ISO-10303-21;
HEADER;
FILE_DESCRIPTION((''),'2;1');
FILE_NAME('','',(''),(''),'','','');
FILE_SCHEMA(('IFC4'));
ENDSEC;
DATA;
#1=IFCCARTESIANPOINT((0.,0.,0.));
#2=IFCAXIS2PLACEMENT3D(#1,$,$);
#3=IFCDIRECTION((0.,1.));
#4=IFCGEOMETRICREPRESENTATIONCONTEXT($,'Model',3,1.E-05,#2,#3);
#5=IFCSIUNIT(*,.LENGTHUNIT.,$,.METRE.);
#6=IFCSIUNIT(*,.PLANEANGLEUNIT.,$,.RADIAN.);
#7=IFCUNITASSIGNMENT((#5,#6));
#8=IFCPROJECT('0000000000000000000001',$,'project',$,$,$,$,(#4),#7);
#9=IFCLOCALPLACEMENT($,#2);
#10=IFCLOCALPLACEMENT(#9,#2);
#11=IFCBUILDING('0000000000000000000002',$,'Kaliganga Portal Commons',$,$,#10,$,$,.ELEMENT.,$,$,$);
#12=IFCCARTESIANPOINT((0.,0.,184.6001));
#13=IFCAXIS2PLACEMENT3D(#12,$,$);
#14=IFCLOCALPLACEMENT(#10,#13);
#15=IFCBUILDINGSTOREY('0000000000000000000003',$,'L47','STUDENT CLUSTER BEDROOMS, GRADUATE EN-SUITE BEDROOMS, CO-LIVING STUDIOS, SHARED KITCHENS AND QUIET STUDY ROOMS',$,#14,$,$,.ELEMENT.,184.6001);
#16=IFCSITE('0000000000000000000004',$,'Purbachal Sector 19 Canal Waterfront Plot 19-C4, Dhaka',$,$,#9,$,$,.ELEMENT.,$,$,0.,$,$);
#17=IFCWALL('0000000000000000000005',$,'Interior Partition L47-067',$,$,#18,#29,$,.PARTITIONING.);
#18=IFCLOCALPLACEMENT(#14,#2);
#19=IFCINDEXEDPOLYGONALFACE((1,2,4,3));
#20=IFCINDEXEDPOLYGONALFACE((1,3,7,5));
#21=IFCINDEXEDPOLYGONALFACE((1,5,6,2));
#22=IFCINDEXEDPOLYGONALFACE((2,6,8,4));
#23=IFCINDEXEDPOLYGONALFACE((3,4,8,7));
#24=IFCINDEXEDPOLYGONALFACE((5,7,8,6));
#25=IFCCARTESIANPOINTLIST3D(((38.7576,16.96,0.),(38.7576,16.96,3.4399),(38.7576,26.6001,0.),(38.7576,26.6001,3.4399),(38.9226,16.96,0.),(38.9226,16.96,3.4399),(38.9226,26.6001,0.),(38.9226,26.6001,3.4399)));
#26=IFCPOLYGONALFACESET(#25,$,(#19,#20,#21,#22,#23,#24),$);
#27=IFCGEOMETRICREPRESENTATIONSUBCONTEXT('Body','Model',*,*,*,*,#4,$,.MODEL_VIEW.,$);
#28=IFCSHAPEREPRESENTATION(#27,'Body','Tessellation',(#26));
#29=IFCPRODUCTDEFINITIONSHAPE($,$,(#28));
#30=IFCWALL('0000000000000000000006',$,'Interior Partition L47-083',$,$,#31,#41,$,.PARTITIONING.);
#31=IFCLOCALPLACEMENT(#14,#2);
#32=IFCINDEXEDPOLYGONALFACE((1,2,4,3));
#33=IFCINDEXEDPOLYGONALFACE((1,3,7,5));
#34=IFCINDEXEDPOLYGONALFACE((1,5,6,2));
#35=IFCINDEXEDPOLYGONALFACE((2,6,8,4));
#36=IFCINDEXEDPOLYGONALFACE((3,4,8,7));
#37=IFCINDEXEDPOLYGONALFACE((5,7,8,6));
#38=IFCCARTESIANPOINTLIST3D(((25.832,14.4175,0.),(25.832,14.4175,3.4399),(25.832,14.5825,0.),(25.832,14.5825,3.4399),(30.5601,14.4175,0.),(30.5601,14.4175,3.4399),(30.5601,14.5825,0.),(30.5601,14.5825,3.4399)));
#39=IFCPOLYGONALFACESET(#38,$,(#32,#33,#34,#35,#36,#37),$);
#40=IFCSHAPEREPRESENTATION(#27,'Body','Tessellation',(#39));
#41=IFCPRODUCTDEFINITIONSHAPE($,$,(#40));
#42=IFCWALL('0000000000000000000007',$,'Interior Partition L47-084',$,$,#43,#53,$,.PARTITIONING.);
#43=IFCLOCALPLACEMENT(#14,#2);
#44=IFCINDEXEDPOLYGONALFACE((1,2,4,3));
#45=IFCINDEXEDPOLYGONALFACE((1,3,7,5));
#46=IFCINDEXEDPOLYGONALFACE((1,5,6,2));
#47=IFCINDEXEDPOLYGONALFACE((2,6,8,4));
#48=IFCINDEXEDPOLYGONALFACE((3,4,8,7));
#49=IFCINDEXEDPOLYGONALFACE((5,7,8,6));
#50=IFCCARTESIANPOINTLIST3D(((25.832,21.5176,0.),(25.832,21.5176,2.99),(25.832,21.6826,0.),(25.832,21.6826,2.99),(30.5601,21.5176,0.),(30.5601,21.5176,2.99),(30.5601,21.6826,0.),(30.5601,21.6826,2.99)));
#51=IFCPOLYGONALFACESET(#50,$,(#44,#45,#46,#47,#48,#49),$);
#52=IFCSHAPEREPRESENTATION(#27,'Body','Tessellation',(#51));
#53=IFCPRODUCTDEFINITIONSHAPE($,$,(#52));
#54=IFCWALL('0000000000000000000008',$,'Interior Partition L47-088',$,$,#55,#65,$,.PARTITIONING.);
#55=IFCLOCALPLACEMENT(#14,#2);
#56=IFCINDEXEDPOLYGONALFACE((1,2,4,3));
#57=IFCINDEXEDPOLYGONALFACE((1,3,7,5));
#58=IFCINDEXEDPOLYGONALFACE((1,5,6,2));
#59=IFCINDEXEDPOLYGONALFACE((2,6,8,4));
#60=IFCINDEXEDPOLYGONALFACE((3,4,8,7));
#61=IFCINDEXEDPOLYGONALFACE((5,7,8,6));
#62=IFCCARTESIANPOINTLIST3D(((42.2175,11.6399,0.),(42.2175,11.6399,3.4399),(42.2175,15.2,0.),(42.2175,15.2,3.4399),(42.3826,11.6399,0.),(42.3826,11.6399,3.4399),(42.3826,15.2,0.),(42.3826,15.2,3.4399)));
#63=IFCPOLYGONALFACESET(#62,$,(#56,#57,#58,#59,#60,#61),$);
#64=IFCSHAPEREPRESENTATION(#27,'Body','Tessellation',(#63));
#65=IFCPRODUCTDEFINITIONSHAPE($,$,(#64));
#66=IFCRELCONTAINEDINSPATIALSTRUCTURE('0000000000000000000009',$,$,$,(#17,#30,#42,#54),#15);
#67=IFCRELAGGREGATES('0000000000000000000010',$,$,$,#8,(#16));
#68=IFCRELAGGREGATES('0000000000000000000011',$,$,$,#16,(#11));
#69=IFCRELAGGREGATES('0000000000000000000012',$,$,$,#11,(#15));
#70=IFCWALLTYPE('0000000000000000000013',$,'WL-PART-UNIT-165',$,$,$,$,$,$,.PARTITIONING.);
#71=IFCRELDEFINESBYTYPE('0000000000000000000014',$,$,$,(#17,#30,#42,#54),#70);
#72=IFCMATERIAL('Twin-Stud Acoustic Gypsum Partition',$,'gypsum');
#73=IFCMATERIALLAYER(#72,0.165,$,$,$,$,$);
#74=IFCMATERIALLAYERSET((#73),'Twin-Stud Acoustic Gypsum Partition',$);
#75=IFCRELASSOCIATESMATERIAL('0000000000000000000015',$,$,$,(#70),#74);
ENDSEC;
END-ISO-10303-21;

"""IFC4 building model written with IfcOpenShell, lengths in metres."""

from ifc_helpers import new_model, si_unit, direction, frame, frame_2d, origin, place, context, subcontext, project, spatial, rectangle, extrude, material, layer, layer_set, type_object, element, save


model = new_model("IFC4")

# Units and contexts
model_context = context("Model", 3, precision=1e-05, world=origin(), true_north=direction((0.0, 1.0)))
body_context = subcontext(model_context, "Body", "Model", "MODEL_VIEW")
ifc_project = project(units=[si_unit("LENGTHUNIT", "METRE"), si_unit("PLANEANGLEUNIT", "RADIAN")], contexts=[model_context])

# Site, building, storey
site_placement = place(None, origin())
site = spatial("IfcSite", under=ifc_project, at=site_placement, Name="Purbachal Sector 19 Canal Waterfront Plot 19-C4, Dhaka", CompositionType="ELEMENT", RefElevation=0.0)
building_placement = place(site_placement, origin())
building = spatial("IfcBuilding", under=site, at=building_placement, Name="Kaliganga Portal Commons", CompositionType="ELEMENT")
storey_placement = place(building_placement, frame((0.0, 0.0, 184.6001)))
storey = spatial("IfcBuildingStorey", under=building, at=storey_placement, Name="L47", Description="STUDENT CLUSTER BEDROOMS, GRADUATE EN-SUITE BEDROOMS, CO-LIVING STUDIOS, SHARED KITCHENS AND QUIET STUDY ROOMS", CompositionType="ELEMENT", Elevation=184.6001)

# Walls
ifc_material_1 = material(Name="Twin-Stud Acoustic Gypsum Partition", Category="gypsum")
ifc_layer_1 = layer(ifc_material_1, 0.165)
ifc_layer_set_1 = layer_set([ifc_layer_1], Name="Twin-Stud Acoustic Gypsum Partition")
wall_type_1 = type_object("IfcWallType", Name="WL-PART-UNIT-165", PredefinedType="PARTITIONING", material=ifc_layer_set_1)
wall_1_placement = place(storey_placement, frame((38.8401, 16.96, 0.0), z_axis=(0.0, 0.0, 1.0), x_axis=(0.0, 1.0, 0.0)))
element("IfcWall", 1, at=wall_1_placement, inside=storey, type_object=wall_type_1, Name="Interior Partition L47-067", PredefinedType="PARTITIONING", context=body_context, shape_type="SweptSolid", body=[
    extrude(rectangle(XDim=9.6401, YDim=0.165, at=frame_2d((4.8201, 0.0))), origin(), (0.0, 0.0, 1.0), 3.4399),
])
wall_2_placement = place(storey_placement, frame((25.832, 14.5, 0.0), z_axis=(0.0, 0.0, 1.0), x_axis=(1.0, 0.0, 0.0)))
element("IfcWall", 2, at=wall_2_placement, inside=storey, type_object=wall_type_1, Name="Interior Partition L47-083", PredefinedType="PARTITIONING", context=body_context, shape_type="SweptSolid", body=[
    extrude(rectangle(XDim=4.728, YDim=0.165, at=frame_2d((2.364, 0.0))), origin(), (0.0, 0.0, 1.0), 3.4399),
])
wall_3_placement = place(storey_placement, frame((25.832, 21.6001, 0.0), z_axis=(0.0, 0.0, 1.0), x_axis=(1.0, 0.0, 0.0)))
element("IfcWall", 3, at=wall_3_placement, inside=storey, type_object=wall_type_1, Name="Interior Partition L47-084", PredefinedType="PARTITIONING", context=body_context, shape_type="SweptSolid", body=[
    extrude(rectangle(XDim=4.728, YDim=0.165, at=frame_2d((2.364, 0.0))), origin(), (0.0, 0.0, 1.0), 2.99),
])
wall_4_placement = place(storey_placement, frame((42.3, 11.6399, 0.0), z_axis=(0.0, 0.0, 1.0), x_axis=(0.0, 1.0, 0.0)))
element("IfcWall", 4, at=wall_4_placement, inside=storey, type_object=wall_type_1, Name="Interior Partition L47-088", PredefinedType="PARTITIONING", context=body_context, shape_type="SweptSolid", body=[
    extrude(rectangle(XDim=3.5601, YDim=0.165, at=frame_2d((1.78, 0.0))), origin(), (0.0, 0.0, 1.0), 3.4399),
])

save(model, "model.ifc")
